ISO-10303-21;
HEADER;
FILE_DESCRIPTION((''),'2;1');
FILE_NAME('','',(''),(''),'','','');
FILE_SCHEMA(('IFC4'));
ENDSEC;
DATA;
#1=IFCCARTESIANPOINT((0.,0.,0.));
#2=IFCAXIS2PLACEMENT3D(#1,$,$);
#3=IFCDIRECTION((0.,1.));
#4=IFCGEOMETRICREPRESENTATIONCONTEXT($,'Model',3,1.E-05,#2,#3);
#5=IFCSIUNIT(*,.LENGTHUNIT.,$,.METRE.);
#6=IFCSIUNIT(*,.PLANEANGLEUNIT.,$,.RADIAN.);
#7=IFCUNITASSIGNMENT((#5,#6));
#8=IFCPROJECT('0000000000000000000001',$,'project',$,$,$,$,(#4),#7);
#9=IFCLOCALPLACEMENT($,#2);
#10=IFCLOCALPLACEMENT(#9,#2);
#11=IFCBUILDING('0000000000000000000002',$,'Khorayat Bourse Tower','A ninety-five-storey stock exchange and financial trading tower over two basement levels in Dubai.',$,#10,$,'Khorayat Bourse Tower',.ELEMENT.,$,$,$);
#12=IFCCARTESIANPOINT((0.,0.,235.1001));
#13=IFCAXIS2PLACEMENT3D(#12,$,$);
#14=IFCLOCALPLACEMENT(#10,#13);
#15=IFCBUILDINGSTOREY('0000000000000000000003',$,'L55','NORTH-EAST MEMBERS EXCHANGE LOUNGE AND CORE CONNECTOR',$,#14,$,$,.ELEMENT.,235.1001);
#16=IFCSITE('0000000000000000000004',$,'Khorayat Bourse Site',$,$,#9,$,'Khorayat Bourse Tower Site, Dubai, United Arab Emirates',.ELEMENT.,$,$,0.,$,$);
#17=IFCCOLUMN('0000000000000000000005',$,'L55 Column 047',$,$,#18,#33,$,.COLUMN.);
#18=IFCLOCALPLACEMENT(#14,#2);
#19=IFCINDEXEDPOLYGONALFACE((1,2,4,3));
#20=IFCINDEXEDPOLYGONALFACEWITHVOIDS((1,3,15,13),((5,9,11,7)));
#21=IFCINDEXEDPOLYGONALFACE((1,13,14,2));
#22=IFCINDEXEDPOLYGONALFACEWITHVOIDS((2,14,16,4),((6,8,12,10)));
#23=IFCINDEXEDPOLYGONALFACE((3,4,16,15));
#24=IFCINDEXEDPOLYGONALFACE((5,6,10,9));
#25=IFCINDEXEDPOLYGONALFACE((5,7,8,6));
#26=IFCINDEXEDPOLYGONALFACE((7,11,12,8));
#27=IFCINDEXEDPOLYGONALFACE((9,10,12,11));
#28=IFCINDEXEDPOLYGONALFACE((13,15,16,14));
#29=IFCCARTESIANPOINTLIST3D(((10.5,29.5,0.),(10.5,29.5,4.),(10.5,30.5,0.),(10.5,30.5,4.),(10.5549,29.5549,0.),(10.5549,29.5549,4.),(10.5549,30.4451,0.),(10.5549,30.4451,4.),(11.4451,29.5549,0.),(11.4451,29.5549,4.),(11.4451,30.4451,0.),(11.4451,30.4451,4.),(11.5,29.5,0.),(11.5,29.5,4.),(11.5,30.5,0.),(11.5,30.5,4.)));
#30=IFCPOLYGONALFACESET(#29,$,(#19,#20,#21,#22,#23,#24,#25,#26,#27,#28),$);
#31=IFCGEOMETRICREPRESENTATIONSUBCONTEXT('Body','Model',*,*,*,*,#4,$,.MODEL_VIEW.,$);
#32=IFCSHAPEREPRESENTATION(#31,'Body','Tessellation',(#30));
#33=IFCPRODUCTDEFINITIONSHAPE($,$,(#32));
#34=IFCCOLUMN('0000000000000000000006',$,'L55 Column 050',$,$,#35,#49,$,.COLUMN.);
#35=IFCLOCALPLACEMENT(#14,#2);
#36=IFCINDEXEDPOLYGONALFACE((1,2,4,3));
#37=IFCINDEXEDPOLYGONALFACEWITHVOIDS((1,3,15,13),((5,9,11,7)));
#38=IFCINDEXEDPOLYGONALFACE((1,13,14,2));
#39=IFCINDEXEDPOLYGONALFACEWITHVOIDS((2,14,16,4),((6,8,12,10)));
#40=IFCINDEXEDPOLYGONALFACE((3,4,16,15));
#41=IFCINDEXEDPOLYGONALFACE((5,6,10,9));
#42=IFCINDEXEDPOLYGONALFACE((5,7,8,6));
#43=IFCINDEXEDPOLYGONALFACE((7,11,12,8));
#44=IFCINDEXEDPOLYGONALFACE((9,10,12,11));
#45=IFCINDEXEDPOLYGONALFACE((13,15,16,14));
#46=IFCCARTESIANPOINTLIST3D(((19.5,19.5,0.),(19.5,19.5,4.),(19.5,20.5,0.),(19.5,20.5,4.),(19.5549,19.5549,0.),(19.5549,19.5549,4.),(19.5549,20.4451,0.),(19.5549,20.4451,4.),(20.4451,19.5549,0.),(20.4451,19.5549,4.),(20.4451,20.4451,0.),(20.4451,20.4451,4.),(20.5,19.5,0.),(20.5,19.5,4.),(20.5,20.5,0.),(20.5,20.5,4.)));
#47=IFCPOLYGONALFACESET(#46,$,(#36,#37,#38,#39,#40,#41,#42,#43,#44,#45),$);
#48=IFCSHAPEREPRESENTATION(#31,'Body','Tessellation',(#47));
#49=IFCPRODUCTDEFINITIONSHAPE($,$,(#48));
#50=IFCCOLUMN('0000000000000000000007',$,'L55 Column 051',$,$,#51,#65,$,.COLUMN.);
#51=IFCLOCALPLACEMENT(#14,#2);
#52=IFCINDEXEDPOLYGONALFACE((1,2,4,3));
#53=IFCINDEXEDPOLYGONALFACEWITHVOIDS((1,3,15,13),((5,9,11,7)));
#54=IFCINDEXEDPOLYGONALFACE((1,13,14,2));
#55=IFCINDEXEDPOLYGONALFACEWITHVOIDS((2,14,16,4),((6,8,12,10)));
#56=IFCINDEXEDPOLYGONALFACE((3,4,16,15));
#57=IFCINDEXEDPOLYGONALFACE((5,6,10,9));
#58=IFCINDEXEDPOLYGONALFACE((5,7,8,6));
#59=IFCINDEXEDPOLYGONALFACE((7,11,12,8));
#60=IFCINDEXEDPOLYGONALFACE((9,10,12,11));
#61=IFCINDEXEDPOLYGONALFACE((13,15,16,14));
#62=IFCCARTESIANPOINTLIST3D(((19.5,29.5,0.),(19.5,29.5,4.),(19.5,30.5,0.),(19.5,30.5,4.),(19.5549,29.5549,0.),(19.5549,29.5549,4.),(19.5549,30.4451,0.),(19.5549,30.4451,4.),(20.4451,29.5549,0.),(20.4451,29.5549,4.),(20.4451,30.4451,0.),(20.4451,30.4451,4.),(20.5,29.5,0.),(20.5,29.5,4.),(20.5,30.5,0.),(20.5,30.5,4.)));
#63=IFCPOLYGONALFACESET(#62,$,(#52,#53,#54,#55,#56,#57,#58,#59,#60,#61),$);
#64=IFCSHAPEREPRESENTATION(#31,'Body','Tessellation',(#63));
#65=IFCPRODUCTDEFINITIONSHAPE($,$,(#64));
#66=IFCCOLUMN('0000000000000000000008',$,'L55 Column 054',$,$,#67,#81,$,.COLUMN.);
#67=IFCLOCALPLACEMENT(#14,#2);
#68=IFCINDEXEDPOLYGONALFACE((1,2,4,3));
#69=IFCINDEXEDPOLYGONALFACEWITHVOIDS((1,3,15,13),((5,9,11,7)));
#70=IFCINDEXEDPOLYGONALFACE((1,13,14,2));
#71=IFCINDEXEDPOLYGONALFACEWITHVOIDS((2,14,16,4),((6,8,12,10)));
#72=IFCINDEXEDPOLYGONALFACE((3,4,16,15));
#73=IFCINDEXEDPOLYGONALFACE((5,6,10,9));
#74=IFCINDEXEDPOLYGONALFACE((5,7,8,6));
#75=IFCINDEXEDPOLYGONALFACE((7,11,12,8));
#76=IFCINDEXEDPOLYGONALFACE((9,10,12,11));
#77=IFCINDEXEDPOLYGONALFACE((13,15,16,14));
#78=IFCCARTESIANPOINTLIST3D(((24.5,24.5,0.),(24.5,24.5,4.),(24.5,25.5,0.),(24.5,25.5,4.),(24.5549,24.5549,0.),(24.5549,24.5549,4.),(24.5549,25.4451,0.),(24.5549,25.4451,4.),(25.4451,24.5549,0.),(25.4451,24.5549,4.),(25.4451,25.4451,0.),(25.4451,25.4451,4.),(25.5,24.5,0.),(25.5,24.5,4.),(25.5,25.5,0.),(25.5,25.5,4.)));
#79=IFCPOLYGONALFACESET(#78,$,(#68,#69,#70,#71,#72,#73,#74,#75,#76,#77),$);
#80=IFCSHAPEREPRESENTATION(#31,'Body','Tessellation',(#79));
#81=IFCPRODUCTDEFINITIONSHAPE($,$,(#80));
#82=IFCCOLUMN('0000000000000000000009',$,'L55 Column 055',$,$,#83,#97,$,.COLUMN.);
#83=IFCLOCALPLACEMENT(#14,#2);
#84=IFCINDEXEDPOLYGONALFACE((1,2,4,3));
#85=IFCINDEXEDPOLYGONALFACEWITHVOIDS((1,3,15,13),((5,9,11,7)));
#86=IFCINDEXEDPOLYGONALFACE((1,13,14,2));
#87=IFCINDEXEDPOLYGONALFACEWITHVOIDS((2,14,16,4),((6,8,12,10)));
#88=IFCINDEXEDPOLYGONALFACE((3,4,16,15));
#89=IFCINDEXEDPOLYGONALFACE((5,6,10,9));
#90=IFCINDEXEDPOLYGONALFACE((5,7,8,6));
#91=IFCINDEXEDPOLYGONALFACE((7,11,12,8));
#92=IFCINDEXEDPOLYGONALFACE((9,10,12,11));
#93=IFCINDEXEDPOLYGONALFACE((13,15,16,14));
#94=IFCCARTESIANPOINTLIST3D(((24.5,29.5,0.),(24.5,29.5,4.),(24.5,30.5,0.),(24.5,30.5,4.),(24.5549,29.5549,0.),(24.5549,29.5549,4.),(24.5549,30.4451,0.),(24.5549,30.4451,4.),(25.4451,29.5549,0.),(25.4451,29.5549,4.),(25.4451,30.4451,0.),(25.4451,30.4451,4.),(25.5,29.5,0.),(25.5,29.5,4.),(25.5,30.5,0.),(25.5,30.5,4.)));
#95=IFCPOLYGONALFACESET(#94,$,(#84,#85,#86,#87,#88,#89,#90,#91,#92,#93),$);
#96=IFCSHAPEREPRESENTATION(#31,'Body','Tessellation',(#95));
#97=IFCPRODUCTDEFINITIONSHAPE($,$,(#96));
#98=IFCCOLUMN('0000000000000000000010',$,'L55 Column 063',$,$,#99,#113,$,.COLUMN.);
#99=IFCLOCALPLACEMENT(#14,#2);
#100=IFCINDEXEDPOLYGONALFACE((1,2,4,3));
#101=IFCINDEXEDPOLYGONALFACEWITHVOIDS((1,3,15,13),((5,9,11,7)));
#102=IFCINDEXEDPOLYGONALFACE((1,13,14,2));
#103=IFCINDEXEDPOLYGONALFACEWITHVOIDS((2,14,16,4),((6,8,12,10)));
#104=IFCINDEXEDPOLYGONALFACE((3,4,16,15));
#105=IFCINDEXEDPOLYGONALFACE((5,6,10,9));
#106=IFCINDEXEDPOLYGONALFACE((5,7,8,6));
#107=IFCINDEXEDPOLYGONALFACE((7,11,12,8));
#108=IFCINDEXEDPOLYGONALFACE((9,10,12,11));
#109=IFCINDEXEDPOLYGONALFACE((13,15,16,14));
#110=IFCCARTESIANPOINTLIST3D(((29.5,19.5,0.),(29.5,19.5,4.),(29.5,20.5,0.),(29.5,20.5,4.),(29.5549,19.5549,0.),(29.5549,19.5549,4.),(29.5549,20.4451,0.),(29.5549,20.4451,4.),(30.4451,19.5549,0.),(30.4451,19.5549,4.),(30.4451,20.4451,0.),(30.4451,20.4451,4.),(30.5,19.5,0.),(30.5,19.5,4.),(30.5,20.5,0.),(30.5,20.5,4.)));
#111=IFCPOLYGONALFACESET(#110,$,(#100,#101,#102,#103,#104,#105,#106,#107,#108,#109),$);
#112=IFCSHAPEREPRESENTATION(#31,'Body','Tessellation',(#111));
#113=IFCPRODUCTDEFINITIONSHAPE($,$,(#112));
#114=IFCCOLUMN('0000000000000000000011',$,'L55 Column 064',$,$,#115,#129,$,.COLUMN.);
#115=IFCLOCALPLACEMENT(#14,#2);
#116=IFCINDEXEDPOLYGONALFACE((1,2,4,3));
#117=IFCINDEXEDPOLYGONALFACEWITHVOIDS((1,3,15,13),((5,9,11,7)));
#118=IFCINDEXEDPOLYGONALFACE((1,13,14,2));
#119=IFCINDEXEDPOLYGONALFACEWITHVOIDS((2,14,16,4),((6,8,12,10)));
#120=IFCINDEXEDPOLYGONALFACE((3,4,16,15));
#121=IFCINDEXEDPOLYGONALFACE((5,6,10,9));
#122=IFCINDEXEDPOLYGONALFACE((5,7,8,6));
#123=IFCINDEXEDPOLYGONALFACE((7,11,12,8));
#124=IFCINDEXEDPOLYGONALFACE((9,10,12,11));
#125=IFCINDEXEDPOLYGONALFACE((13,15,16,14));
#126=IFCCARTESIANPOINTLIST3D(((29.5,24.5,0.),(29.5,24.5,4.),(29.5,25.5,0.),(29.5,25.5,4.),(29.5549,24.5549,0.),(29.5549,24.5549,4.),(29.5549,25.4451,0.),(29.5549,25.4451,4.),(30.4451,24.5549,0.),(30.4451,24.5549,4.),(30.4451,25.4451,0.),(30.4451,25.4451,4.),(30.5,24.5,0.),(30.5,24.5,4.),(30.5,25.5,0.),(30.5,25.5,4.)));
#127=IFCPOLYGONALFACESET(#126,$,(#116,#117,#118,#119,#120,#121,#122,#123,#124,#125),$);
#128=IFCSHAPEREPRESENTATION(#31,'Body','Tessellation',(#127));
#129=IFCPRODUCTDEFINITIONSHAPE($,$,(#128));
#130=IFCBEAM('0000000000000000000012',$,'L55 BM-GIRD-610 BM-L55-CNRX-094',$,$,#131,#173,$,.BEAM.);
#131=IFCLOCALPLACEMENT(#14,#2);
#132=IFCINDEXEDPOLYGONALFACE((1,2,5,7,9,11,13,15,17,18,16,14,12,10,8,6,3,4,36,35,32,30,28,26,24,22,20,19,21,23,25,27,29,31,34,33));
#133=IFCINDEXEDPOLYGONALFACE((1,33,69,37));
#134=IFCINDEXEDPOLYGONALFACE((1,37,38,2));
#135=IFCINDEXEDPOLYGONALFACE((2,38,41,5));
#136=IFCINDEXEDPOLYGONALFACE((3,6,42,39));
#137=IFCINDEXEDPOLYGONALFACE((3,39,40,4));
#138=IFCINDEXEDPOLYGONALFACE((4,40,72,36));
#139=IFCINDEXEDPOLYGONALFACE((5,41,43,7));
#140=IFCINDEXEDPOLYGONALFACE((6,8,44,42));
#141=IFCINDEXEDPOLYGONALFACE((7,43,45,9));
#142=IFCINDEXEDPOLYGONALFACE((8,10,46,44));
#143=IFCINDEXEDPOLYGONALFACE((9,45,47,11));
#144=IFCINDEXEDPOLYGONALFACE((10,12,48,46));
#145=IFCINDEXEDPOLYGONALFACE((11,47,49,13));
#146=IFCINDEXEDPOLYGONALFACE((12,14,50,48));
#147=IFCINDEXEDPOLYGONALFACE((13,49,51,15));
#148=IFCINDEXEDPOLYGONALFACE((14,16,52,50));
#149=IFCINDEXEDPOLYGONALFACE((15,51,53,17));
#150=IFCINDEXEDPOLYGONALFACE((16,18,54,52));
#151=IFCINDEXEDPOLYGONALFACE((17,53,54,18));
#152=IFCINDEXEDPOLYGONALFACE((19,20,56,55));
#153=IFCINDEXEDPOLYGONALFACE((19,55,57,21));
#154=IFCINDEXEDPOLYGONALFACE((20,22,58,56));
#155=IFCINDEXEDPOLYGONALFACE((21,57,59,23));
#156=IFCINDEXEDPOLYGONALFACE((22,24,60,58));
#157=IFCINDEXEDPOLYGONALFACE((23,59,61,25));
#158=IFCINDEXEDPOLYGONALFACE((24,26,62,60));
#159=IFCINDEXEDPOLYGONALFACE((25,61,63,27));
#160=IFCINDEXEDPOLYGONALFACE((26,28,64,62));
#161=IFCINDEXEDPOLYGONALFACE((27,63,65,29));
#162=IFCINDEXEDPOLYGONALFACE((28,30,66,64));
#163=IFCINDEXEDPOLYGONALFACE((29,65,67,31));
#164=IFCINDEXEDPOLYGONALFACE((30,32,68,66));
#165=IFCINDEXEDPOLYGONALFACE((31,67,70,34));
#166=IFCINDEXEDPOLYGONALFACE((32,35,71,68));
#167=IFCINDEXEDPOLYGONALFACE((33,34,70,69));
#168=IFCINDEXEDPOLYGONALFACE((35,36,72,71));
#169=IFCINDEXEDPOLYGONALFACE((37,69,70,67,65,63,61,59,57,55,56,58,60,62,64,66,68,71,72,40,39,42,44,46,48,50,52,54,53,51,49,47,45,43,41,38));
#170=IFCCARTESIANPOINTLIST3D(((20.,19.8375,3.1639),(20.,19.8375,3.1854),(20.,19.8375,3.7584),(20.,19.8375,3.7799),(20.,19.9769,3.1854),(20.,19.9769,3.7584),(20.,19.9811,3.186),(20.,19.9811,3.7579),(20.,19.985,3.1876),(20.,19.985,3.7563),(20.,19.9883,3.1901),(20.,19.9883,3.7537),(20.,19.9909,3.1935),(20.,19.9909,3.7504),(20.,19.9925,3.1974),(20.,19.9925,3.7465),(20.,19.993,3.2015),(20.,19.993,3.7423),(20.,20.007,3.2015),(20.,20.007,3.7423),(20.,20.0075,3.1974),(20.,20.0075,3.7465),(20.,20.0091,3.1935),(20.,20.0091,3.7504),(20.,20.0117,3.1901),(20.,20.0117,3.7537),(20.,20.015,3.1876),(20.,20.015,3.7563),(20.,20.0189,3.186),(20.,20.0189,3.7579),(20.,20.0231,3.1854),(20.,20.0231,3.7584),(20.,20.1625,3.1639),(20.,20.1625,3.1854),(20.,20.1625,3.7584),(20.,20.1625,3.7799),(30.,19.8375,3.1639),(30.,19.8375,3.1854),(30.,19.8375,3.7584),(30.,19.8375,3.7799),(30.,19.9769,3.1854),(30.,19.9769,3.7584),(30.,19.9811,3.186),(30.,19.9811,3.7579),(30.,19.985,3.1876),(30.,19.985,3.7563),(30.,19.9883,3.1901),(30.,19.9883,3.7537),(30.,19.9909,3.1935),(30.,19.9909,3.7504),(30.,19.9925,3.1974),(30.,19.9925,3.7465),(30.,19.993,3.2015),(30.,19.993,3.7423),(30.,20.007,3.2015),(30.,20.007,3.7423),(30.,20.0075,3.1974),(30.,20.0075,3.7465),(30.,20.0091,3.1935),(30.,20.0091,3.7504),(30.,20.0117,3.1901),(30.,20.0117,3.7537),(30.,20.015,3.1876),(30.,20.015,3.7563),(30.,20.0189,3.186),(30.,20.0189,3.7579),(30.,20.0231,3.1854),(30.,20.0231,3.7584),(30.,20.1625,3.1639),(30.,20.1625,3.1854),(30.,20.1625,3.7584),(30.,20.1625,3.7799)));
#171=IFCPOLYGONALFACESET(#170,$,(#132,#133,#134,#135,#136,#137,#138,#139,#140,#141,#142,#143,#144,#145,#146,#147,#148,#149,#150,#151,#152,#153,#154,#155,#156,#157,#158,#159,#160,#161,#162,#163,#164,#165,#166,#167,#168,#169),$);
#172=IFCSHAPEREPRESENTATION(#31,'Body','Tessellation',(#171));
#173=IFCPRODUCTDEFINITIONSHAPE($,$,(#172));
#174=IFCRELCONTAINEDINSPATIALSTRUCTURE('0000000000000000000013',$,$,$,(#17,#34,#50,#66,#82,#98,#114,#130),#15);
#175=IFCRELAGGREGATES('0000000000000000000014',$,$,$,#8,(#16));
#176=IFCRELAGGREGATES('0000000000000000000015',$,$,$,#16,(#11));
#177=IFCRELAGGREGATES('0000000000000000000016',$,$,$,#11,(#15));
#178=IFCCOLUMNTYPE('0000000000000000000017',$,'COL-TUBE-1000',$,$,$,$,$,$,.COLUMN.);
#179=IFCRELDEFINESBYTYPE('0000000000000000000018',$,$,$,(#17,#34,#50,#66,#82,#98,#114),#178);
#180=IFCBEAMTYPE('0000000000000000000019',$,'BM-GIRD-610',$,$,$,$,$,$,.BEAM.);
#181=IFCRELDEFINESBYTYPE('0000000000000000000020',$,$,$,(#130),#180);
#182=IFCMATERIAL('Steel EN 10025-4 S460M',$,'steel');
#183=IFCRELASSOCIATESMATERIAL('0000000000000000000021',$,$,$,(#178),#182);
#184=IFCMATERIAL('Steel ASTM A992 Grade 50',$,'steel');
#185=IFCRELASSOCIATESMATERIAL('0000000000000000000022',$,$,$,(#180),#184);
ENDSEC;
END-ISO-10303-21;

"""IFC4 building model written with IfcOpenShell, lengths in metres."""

from ifc_helpers import new_model, si_unit, direction, frame, origin, origin_2d, place, context, subcontext, project, spatial, hollow_rectangle, i_section, extrude, source, transform, mapped, material, material_profile, profile_set, type_object, element, save


model = new_model("IFC4")

# Units and contexts
model_context = context("Model", 3, precision=1e-05, world=origin(), true_north=direction((0.0, 1.0)))
body_context = subcontext(model_context, "Body", "Model", "MODEL_VIEW")
ifc_project = project(units=[si_unit("LENGTHUNIT", "METRE"), si_unit("PLANEANGLEUNIT", "RADIAN")], contexts=[model_context])

# Site, building, storey
site_placement = place(None, origin())
site = spatial("IfcSite", under=ifc_project, at=site_placement, Name="Khorayat Bourse Site", LongName="Khorayat Bourse Tower Site, Dubai, United Arab Emirates", CompositionType="ELEMENT", RefElevation=0.0)
building_placement = place(site_placement, origin())
building = spatial("IfcBuilding", under=site, at=building_placement, Name="Khorayat Bourse Tower", Description="A ninety-five-storey stock exchange and financial trading tower over two basement levels in Dubai.", LongName="Khorayat Bourse Tower", CompositionType="ELEMENT")
storey_placement = place(building_placement, frame((0.0, 0.0, 235.1001)))
storey = spatial("IfcBuildingStorey", under=building, at=storey_placement, Name="L55", Description="NORTH-EAST MEMBERS EXCHANGE LOUNGE AND CORE CONNECTOR", CompositionType="ELEMENT", Elevation=235.1001)

# Columns
ifc_material_1 = material(Name="Steel EN 10025-4 S460M", Category="steel")
ifc_material_profile_1 = material_profile(ifc_material_1, hollow_rectangle(XDim=1.0, YDim=1.0, WallThickness=0.0549, at=origin_2d()), Name="BOX 1000x1000x55")
ifc_profile_set_1 = profile_set([ifc_material_profile_1], Name="Steel EN 10025-4 S460M")
column_type = type_object("IfcColumnType", Name="COL-TUBE-1000", PredefinedType="COLUMN", material=ifc_profile_set_1)
shared_shape_1 = source(origin(), body_context, "Body", "SweptSolid", [
    extrude(hollow_rectangle(XDim=1.0, YDim=1.0, WallThickness=0.0549, at=origin_2d()), origin(), (0.0, 0.0, 1.0), 4.0),
])
for number, where, z_axis, x_axis, name in (
    (1, (11.0, 30.0, 0.0), (0.0, 0.0, 1.0), (1.0, 0.0, 0.0), "L55 Column 047"),
    (2, (20.0, 20.0, 0.0), (0.0, 0.0, 1.0), (1.0, 0.0, 0.0), "L55 Column 050"),
    (3, (20.0, 30.0, 0.0), (0.0, 0.0, 1.0), (1.0, 0.0, 0.0), "L55 Column 051"),
    (4, (25.0, 25.0, 0.0), (0.0, 0.0, 1.0), (1.0, 0.0, 0.0), "L55 Column 054"),
    (5, (25.0, 30.0, 0.0), (0.0, 0.0, 1.0), (1.0, 0.0, 0.0), "L55 Column 055"),
    (6, (30.0, 20.0, 0.0), (0.0, 0.0, 1.0), (1.0, 0.0, 0.0), "L55 Column 063"),
    (7, (30.0, 25.0, 0.0), (0.0, 0.0, 1.0), (1.0, 0.0, 0.0), "L55 Column 064"),
):
    element("IfcColumn", number, at=place(storey_placement, frame(where, z_axis=z_axis, x_axis=x_axis)), inside=storey, type_object=column_type, Name=name, PredefinedType="COLUMN", context=body_context, shape_type="MappedRepresentation", body=[
        mapped(shared_shape_1, transform((0.0, 0.0, 0.0), scale=1.0)),
    ])

# Beam
ifc_material_2 = material(Name="Steel ASTM A992 Grade 50", Category="steel")
ifc_material_profile_2 = material_profile(ifc_material_2, i_section(OverallWidth=0.325, OverallDepth=0.616, WebThickness=0.0139, FlangeThickness=0.0215, FilletRadius=0.0161, at=origin_2d()), Name="W610X174")
ifc_profile_set_2 = profile_set([ifc_material_profile_2], Name="Steel ASTM A992 Grade 50")
beam_type_1 = type_object("IfcBeamType", Name="BM-GIRD-610", PredefinedType="BEAM", material=ifc_profile_set_2)
shared_shape_2 = source(origin(), body_context, "Body", "SweptSolid", [
    extrude(i_section(OverallWidth=0.325, OverallDepth=0.616, WebThickness=0.0139, FlangeThickness=0.0215, FilletRadius=0.0161, at=origin_2d()), origin(), (0.0, 0.0, 1.0), 10.0),
])
beam_1_placement = place(storey_placement, frame((20.0, 20.0, 3.4719), z_axis=(1.0, 0.0, 0.0), x_axis=(0.0, 1.0, 0.0)))
element("IfcBeam", 8, at=beam_1_placement, inside=storey, type_object=beam_type_1, Name="L55 BM-GIRD-610 BM-L55-CNRX-094", PredefinedType="BEAM", context=body_context, shape_type="MappedRepresentation", body=[
    mapped(shared_shape_2, transform((0.0, 0.0, 0.0), scale=1.0)),
])

save(model, "model.ifc")
